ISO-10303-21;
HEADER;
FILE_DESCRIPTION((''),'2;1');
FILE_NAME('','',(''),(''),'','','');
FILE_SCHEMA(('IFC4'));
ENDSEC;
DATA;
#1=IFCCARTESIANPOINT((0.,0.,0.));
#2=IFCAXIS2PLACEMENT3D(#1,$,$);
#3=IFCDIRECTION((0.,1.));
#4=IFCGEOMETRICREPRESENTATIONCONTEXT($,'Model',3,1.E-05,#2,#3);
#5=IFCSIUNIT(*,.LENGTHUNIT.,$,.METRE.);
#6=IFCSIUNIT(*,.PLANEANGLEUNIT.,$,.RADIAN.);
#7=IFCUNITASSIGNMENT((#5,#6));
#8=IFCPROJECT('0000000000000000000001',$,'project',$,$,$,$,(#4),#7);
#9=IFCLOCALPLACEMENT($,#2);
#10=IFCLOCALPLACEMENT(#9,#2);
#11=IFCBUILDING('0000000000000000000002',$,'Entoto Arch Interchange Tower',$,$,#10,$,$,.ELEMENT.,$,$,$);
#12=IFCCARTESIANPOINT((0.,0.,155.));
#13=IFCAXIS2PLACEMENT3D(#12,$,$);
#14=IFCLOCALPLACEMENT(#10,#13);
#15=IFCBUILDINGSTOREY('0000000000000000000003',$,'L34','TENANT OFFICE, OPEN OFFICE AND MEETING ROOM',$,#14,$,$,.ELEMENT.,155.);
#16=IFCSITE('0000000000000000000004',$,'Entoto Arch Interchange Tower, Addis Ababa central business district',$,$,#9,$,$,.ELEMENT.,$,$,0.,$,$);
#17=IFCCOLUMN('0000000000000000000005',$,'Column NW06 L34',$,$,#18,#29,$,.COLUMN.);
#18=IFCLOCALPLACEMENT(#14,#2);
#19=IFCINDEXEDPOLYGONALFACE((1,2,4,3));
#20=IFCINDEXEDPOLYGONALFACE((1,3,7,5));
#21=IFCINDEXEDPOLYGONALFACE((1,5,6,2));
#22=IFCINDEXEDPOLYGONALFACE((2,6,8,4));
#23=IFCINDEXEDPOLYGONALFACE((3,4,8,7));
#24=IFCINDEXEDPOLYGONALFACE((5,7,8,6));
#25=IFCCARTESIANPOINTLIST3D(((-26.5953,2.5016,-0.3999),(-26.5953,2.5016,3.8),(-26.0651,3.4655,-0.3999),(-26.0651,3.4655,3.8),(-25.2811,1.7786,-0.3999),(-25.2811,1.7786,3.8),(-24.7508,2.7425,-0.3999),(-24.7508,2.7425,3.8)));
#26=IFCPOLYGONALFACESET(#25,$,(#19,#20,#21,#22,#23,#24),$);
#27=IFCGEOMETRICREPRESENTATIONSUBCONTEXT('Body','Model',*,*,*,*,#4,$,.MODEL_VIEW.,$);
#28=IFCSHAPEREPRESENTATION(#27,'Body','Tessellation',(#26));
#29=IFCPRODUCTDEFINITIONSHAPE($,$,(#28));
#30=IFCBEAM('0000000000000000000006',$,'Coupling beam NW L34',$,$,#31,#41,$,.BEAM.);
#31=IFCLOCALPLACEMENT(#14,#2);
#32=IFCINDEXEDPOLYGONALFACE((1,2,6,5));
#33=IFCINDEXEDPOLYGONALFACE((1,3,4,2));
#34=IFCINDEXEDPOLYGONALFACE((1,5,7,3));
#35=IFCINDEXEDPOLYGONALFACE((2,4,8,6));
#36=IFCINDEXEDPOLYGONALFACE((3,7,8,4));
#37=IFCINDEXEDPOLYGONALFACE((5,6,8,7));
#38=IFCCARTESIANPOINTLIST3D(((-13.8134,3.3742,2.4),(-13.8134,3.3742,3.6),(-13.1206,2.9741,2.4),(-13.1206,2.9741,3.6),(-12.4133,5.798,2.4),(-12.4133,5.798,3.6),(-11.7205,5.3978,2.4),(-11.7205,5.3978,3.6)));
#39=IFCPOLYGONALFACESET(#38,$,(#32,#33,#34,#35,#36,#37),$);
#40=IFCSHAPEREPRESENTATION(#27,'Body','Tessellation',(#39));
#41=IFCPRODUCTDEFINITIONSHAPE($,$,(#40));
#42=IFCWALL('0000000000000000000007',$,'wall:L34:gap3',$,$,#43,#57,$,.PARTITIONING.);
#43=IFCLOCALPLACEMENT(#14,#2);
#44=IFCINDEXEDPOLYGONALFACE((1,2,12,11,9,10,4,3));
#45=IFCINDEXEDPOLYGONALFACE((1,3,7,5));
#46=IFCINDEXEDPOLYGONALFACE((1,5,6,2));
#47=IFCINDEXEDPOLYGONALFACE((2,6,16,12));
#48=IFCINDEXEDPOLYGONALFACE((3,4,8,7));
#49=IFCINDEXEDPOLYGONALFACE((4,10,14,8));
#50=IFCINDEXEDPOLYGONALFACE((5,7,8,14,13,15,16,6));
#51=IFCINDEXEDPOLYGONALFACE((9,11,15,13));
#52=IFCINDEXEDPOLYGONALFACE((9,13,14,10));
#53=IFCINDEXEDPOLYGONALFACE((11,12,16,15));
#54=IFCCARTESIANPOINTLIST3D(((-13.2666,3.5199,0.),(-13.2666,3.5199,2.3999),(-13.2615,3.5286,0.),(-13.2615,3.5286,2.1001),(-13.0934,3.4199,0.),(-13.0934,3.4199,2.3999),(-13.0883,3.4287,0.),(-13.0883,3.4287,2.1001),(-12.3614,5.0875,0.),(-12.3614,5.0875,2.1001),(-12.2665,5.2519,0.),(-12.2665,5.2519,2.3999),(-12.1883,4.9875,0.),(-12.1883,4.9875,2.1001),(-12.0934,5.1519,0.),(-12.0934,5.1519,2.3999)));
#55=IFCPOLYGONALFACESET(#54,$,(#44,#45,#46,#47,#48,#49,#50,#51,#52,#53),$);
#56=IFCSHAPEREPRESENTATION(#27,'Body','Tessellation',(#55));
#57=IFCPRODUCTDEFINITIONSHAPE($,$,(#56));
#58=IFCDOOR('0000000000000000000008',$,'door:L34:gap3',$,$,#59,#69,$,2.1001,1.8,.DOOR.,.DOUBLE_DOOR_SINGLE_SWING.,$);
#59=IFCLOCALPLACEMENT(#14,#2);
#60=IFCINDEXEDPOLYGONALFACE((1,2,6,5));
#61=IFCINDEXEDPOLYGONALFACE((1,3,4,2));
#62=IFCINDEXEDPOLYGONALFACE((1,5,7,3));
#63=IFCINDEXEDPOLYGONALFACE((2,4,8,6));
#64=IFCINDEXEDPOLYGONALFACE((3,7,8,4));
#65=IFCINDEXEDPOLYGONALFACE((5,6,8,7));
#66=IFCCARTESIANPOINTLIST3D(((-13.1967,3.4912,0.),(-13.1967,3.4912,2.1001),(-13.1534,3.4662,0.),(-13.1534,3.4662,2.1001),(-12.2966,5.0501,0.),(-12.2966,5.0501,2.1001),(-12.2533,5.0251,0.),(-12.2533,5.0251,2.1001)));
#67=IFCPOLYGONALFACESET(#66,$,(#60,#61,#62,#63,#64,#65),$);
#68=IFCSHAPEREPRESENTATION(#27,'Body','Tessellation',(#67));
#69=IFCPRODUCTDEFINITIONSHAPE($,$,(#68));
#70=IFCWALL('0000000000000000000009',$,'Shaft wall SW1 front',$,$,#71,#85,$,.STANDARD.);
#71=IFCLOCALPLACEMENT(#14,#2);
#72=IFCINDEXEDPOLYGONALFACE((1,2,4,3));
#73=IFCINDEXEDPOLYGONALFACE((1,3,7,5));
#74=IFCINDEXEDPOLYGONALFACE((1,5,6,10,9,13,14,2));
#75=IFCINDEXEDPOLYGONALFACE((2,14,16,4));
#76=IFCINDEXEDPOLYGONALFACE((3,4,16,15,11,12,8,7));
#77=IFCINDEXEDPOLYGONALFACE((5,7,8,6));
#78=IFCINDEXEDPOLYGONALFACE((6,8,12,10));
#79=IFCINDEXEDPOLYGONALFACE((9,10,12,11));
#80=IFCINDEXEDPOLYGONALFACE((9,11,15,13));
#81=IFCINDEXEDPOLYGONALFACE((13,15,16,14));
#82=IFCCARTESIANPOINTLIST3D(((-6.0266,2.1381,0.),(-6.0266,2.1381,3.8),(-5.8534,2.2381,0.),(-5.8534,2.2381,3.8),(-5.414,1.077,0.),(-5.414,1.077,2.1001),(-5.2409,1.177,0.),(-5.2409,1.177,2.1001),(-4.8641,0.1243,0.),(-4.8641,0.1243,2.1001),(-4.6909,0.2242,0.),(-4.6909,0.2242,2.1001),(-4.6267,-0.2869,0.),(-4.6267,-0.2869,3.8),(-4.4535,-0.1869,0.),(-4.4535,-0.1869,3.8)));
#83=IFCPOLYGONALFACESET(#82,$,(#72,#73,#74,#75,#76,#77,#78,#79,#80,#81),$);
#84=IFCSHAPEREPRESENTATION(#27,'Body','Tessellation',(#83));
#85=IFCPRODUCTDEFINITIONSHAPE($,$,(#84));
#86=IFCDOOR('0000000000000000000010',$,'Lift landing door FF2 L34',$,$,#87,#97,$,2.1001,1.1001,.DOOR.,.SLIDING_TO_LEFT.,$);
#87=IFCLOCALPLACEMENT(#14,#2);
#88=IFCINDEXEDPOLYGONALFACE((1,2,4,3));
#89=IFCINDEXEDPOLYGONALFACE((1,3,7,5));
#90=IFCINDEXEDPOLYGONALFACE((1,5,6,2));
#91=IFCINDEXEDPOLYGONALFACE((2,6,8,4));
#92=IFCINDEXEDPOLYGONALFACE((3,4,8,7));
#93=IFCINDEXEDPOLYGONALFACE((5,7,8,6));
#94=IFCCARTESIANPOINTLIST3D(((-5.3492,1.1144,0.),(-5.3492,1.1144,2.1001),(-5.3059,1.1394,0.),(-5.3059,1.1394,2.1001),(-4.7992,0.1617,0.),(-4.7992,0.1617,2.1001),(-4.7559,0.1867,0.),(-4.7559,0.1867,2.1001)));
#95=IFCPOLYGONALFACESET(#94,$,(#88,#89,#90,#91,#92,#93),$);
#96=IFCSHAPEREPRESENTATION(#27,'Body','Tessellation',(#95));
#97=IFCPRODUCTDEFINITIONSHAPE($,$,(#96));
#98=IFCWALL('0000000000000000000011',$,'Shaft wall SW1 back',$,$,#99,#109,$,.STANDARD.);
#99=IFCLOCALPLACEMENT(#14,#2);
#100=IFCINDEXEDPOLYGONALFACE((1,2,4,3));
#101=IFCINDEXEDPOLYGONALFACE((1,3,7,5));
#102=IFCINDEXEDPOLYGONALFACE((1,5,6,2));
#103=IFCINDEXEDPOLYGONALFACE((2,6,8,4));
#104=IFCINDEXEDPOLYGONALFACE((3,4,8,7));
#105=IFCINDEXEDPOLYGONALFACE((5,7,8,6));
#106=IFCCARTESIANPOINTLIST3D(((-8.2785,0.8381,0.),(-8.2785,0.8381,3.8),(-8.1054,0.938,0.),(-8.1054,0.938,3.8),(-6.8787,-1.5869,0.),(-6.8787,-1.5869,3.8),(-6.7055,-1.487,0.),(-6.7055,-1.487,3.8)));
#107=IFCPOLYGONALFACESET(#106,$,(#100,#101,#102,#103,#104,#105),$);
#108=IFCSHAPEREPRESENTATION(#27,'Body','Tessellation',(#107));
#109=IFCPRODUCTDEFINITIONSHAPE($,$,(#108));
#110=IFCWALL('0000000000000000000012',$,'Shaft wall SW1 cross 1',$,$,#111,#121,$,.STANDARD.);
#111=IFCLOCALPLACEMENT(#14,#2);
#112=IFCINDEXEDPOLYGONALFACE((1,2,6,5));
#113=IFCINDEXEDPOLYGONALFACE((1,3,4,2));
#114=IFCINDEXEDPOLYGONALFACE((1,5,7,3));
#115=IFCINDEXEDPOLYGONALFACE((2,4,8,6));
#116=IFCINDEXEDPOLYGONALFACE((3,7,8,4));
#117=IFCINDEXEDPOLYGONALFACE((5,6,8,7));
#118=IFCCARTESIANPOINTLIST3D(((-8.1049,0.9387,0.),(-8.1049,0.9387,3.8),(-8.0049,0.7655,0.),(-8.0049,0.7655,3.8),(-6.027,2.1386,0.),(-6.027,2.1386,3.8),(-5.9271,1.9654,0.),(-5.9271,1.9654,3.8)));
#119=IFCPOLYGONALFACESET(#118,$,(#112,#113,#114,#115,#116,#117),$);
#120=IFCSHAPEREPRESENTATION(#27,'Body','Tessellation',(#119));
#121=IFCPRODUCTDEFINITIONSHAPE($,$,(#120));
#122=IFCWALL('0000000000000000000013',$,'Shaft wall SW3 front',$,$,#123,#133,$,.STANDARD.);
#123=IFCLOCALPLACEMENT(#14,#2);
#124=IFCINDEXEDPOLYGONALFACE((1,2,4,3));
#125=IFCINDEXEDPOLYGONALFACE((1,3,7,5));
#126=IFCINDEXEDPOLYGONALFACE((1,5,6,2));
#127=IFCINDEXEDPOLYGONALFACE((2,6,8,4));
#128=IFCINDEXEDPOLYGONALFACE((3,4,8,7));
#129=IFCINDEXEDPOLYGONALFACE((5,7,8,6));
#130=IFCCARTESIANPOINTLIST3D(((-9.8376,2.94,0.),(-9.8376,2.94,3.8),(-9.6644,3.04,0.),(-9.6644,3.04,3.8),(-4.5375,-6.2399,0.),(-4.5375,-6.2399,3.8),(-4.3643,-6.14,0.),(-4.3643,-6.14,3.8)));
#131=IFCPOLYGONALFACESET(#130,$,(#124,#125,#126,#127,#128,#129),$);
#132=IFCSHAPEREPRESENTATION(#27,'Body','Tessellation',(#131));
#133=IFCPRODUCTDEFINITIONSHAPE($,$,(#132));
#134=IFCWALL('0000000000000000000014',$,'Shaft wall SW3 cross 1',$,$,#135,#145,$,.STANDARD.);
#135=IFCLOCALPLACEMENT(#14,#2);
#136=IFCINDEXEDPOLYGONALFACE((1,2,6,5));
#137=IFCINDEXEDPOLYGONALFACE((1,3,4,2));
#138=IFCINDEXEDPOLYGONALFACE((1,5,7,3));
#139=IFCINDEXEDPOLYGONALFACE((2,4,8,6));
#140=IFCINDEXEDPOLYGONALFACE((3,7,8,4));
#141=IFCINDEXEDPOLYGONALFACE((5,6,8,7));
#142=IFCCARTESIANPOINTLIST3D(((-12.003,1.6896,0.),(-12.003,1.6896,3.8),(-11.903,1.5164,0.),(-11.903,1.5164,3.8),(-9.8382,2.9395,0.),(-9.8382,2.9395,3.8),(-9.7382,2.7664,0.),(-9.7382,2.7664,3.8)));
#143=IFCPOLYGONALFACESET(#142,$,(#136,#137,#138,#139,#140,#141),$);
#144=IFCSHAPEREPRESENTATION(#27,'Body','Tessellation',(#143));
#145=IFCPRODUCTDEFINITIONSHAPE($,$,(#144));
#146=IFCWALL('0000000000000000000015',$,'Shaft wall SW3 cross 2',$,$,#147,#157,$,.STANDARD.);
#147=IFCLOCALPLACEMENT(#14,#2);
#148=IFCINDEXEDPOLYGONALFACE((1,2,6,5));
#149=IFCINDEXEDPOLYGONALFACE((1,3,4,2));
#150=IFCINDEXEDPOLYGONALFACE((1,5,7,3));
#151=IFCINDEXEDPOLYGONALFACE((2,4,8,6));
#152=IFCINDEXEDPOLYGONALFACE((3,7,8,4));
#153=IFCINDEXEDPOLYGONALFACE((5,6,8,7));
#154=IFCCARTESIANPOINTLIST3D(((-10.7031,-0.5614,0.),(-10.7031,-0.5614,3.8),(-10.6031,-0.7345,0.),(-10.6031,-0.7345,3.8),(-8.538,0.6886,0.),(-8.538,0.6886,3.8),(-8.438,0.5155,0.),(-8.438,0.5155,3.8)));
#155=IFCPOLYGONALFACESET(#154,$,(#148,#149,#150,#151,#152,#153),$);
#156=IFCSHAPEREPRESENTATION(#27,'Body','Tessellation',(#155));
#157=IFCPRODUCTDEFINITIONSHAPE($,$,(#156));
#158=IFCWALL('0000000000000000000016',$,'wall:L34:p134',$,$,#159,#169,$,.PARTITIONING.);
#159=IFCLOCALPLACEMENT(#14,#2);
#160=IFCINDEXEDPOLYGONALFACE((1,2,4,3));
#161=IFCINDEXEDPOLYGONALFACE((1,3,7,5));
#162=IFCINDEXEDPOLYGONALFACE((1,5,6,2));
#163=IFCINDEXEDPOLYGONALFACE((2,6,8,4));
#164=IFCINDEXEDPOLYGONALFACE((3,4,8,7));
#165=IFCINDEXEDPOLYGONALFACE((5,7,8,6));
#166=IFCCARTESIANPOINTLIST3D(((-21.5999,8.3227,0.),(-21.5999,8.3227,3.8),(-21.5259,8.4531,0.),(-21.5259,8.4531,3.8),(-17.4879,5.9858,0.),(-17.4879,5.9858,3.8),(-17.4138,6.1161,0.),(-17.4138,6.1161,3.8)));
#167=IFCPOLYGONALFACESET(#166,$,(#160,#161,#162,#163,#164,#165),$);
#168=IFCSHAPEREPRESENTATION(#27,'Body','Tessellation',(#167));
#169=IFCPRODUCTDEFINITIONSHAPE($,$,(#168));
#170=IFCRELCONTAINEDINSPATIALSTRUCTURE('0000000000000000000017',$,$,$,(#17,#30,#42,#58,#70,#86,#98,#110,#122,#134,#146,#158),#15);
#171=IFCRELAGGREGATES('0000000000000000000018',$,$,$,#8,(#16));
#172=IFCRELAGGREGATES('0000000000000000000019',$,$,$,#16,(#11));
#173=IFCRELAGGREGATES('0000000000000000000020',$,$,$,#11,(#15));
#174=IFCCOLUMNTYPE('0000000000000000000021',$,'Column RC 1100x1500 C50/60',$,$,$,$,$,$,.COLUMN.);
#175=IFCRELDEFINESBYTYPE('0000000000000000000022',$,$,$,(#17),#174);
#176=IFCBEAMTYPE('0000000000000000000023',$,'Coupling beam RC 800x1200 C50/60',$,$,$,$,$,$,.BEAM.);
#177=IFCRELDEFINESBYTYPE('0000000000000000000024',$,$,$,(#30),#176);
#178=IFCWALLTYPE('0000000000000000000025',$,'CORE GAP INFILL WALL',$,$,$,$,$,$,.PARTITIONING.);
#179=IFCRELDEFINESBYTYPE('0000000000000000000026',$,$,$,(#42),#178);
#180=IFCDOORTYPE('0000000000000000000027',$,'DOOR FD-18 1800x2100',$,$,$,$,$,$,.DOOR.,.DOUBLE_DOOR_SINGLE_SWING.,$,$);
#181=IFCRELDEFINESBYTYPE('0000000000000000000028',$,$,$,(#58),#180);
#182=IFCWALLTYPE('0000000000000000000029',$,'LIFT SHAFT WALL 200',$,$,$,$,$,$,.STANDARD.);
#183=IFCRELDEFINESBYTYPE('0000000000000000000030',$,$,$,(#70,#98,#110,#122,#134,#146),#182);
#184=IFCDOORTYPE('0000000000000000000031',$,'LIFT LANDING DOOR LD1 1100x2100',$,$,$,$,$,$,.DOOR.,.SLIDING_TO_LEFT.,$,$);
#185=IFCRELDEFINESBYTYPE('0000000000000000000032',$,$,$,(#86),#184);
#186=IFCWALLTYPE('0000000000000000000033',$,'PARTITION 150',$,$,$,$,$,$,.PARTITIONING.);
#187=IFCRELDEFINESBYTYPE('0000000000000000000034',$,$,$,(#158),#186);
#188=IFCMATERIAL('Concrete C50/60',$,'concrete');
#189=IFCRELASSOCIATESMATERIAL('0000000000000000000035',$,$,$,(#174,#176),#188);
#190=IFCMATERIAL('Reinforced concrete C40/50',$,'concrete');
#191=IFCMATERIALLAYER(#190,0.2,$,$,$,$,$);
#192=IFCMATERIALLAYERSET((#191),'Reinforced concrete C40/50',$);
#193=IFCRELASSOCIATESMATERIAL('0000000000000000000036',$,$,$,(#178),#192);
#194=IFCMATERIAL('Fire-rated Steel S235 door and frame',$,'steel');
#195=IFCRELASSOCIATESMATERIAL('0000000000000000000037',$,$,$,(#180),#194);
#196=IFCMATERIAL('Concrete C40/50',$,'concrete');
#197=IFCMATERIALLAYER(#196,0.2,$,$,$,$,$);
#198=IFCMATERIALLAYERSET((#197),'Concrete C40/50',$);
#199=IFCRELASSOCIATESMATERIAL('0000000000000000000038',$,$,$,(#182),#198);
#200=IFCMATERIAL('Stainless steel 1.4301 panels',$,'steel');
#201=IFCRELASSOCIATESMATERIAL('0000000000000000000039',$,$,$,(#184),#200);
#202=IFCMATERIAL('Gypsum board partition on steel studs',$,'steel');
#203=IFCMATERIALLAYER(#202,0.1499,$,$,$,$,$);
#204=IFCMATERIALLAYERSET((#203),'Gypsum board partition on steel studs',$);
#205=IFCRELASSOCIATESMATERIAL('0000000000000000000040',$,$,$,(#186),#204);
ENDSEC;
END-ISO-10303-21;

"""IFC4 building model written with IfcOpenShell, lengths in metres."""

from ifc_helpers import new_model, si_unit, direction, frame, frame_2d, origin, origin_2d, place, context, subcontext, project, spatial, rectangle, extrude, material, layer, layer_set, material_profile, profile_set, type_object, element, fill, save


model = new_model("IFC4")

# Units and contexts
model_context = context("Model", 3, precision=1e-05, world=origin(), true_north=direction((0.0, 1.0)))
body_context = subcontext(model_context, "Body", "Model", "MODEL_VIEW")
ifc_project = project(units=[si_unit("LENGTHUNIT", "METRE"), si_unit("PLANEANGLEUNIT", "RADIAN")], contexts=[model_context])

# Site, building, storey
site_placement = place(None, origin())
site = spatial("IfcSite", under=ifc_project, at=site_placement, Name="Entoto Arch Interchange Tower, Addis Ababa central business district", CompositionType="ELEMENT", RefElevation=0.0)
building_placement = place(site_placement, origin())
building = spatial("IfcBuilding", under=site, at=building_placement, Name="Entoto Arch Interchange Tower", CompositionType="ELEMENT")
storey_placement = place(building_placement, frame((0.0, 0.0, 155.0)))
storey = spatial("IfcBuildingStorey", under=building, at=storey_placement, Name="L34", Description="TENANT OFFICE, OPEN OFFICE AND MEETING ROOM", CompositionType="ELEMENT", Elevation=155.0)

# Column
ifc_material_1 = material(Name="Concrete C50/60", Category="concrete")
ifc_material_profile_1 = material_profile(ifc_material_1, rectangle(XDim=1.1001, YDim=1.5, at=origin_2d()))
ifc_profile_set_1 = profile_set([ifc_material_profile_1], Name="Concrete C50/60")
column_type = type_object("IfcColumnType", Name="Column RC 1100x1500 C50/60", PredefinedType="COLUMN", material=ifc_profile_set_1)
column_placement = place(storey_placement, frame((-25.6731, 2.6221, -0.3999), z_axis=(0.0, 0.0, 1.0), x_axis=(0.481983, 0.876181, 0.0)))
element("IfcColumn", 1, at=column_placement, inside=storey, type_object=column_type, Name="Column NW06 L34", PredefinedType="COLUMN", context=body_context, shape_type="SweptSolid", body=[
    extrude(rectangle(XDim=1.1001, YDim=1.5, at=origin_2d()), origin(), (0.0, 0.0, 1.0), 4.2),
])

# Beam
ifc_material_profile_2 = material_profile(ifc_material_1, rectangle(XDim=0.8, YDim=1.2, at=origin_2d()))
ifc_profile_set_2 = profile_set([ifc_material_profile_2], Name="Concrete C50/60")
beam_type = type_object("IfcBeamType", Name="Coupling beam RC 800x1200 C50/60", PredefinedType="BEAM", material=ifc_profile_set_2)
beam_placement = place(storey_placement, frame((-12.0669, 5.5979, 3.0), z_axis=(-0.500201, -0.86591, 0.0), x_axis=(0.86591, -0.500201, 0.0)))
element("IfcBeam", 2, at=beam_placement, inside=storey, type_object=beam_type, Name="Coupling beam NW L34", PredefinedType="BEAM", context=body_context, shape_type="SweptSolid", body=[
    extrude(rectangle(XDim=0.8, YDim=1.2, at=origin_2d()), origin(), (0.0, 0.0, 1.0), 2.7991),
])

# Walls, openings, doors
ifc_material_2 = material(Name="Reinforced concrete C40/50", Category="concrete")
ifc_layer_1 = layer(ifc_material_2, 0.2)
ifc_layer_set_1 = layer_set([ifc_layer_1], Name="Reinforced concrete C40/50")
wall_type_1 = type_object("IfcWallType", Name="CORE GAP INFILL WALL", PredefinedType="PARTITIONING", material=ifc_layer_set_1)
wall_1_placement = place(storey_placement, frame((-12.1799, 5.2019, 0.0), z_axis=(0.0, 0.0, 1.0), x_axis=(-0.500025, -0.866011, 0.0)))
wall_1 = element("IfcWall", 3, at=wall_1_placement, inside=storey, type_object=wall_type_1, Name="wall:L34:gap3", PredefinedType="PARTITIONING", context=body_context, shape_type="SweptSolid", body=[
    extrude(rectangle(XDim=2.0, YDim=0.2, at=frame_2d((1.0, 0.0))), origin(), (0.0, 0.0, 1.0), 2.3999),
])
opening_1_placement = place(wall_1_placement, frame((0.1899, 0.0, 0.0)))
opening_1 = element("IfcOpeningElement", 4, at=opening_1_placement, cuts=wall_1, PredefinedType="OPENING", context=body_context, shape_type="SweptSolid", body=[
    extrude(rectangle(XDim=1.8, YDim=2.1001, at=frame_2d((0.8999, 1.05))), frame((0.0, 0.1099, 0.0), z_axis=(0.0, -1.0, 0.0), x_axis=(1.0, 0.0, 0.0)), (0.0, 0.0, 1.0), 0.22),
])
ifc_material_3 = material(Name="Fire-rated Steel S235 door and frame", Category="steel")
door_type_1 = type_object("IfcDoorType", Name="DOOR FD-18 1800x2100", OperationType="DOUBLE_DOOR_SINGLE_SWING", PredefinedType="DOOR", material=ifc_material_3)
door_1_placement = place(opening_1_placement, origin())
door_1 = element("IfcDoor", 5, at=door_1_placement, inside=storey, type_object=door_type_1, Name="door:L34:gap3", OperationType="DOUBLE_DOOR_SINGLE_SWING", OverallHeight=2.1001, OverallWidth=1.8, PredefinedType="DOOR", context=body_context, shape_type="SweptSolid", body=[
    extrude(rectangle(XDim=1.8, YDim=2.1001, at=frame_2d((0.8999, 1.05))), frame((0.0, 0.0249, 0.0), z_axis=(0.0, -1.0, 0.0), x_axis=(1.0, 0.0, 0.0)), (0.0, 0.0, 1.0), 0.05),
])
fill(opening_1, door_1)
ifc_material_4 = material(Name="Concrete C40/50", Category="concrete")
ifc_layer_2 = layer(ifc_material_4, 0.2)
ifc_layer_set_2 = layer_set([ifc_layer_2], Name="Concrete C40/50")
wall_type_2 = type_object("IfcWallType", Name="LIFT SHAFT WALL 200", PredefinedType="STANDARD", material=ifc_layer_set_2)
wall_2_placement = place(storey_placement, frame((-5.9399, 2.188, 0.0), z_axis=(0.0, 0.0, 1.0), x_axis=(0.499946, -0.866056, 0.0)))
wall_2 = element("IfcWall", 6, at=wall_2_placement, inside=storey, type_object=wall_type_2, Name="Shaft wall SW1 front", PredefinedType="STANDARD", context=body_context, shape_type="SweptSolid", body=[
    extrude(rectangle(XDim=2.8, YDim=0.2, at=frame_2d((1.3999, 0.0))), origin(), (0.0, 0.0, 1.0), 3.8),
])
opening_2_placement = place(wall_2_placement, frame((1.2251, 0.0, 0.0)))
opening_2 = element("IfcOpeningElement", 7, at=opening_2_placement, cuts=wall_2, PredefinedType="OPENING", context=body_context, shape_type="SweptSolid", body=[
    extrude(rectangle(XDim=1.1001, YDim=2.1001, at=frame_2d((0.55, 1.05))), frame((0.0, 0.1099, 0.0), z_axis=(0.0, -1.0, 0.0), x_axis=(1.0, 0.0, 0.0)), (0.0, 0.0, 1.0), 0.22),
])
ifc_material_5 = material(Name="Stainless steel 1.4301 panels", Category="steel")
door_type_2 = type_object("IfcDoorType", Name="LIFT LANDING DOOR LD1 1100x2100", OperationType="SLIDING_TO_LEFT", PredefinedType="DOOR", material=ifc_material_5)
door_2_placement = place(opening_2_placement, origin())
door_2 = element("IfcDoor", 8, at=door_2_placement, inside=storey, type_object=door_type_2, Name="Lift landing door FF2 L34", OperationType="SLIDING_TO_LEFT", OverallHeight=2.1001, OverallWidth=1.1001, PredefinedType="DOOR", context=body_context, shape_type="SweptSolid", body=[
    extrude(rectangle(XDim=1.1001, YDim=2.1001, at=frame_2d((0.55, 1.05))), frame((0.0, 0.0249, 0.0), z_axis=(0.0, -1.0, 0.0), x_axis=(1.0, 0.0, 0.0)), (0.0, 0.0, 1.0), 0.05),
])
fill(opening_2, door_2)

# Walls
wall_3_placement = place(storey_placement, frame((-8.1919, 0.8879, 0.0), z_axis=(0.0, 0.0, 1.0), x_axis=(0.499946, -0.866056, 0.0)))
element("IfcWall", 9, at=wall_3_placement, inside=storey, type_object=wall_type_2, Name="Shaft wall SW1 back", PredefinedType="STANDARD", context=body_context, shape_type="SweptSolid", body=[
    extrude(rectangle(XDim=2.8, YDim=0.2, at=frame_2d((1.3999, 0.0))), origin(), (0.0, 0.0, 1.0), 3.8),
])
wall_4_placement = place(storey_placement, frame((-5.9771, 2.052, 0.0), z_axis=(0.0, 0.0, 1.0), x_axis=(-0.865974, -0.500089, 0.0)))
element("IfcWall", 10, at=wall_4_placement, inside=storey, type_object=wall_type_2, Name="Shaft wall SW1 cross 1", PredefinedType="STANDARD", context=body_context, shape_type="SweptSolid", body=[
    extrude(rectangle(XDim=2.3994, YDim=0.2, at=frame_2d((1.1997, 0.0))), origin(), (0.0, 0.0, 1.0), 3.8),
])
wall_5_placement = place(storey_placement, frame((-9.751, 2.99, 0.0), z_axis=(0.0, 0.0, 1.0), x_axis=(0.500001, -0.866025, 0.0)))
element("IfcWall", 11, at=wall_5_placement, inside=storey, type_object=wall_type_2, Name="Shaft wall SW3 front", PredefinedType="STANDARD", context=body_context, shape_type="SweptSolid", body=[
    extrude(rectangle(XDim=10.6001, YDim=0.2, at=frame_2d((5.3, 0.0))), origin(), (0.0, 0.0, 1.0), 3.8),
])
wall_6_placement = place(storey_placement, frame((-9.7881, 2.853, 0.0), z_axis=(0.0, 0.0, 1.0), x_axis=(-0.865999, -0.500047, 0.0)))
element("IfcWall", 12, at=wall_6_placement, inside=storey, type_object=wall_type_2, Name="Shaft wall SW3 cross 1", PredefinedType="STANDARD", context=body_context, shape_type="SweptSolid", body=[
    extrude(rectangle(XDim=2.4998, YDim=0.2, at=frame_2d((1.25, 0.0))), origin(), (0.0, 0.0, 1.0), 3.8),
])
wall_7_placement = place(storey_placement, frame((-8.488, 0.6021, 0.0), z_axis=(0.0, 0.0, 1.0), x_axis=(-0.866023, -0.500004, 0.0)))
element("IfcWall", 13, at=wall_7_placement, inside=storey, type_object=wall_type_2, Name="Shaft wall SW3 cross 2", PredefinedType="STANDARD", context=body_context, shape_type="SweptSolid", body=[
    extrude(rectangle(XDim=2.5, YDim=0.2, at=frame_2d((1.25, 0.0))), origin(), (0.0, 0.0, 1.0), 3.8),
])
ifc_material_6 = material(Name="Gypsum board partition on steel studs", Category="steel")
ifc_layer_3 = layer(ifc_material_6, 0.1499)
ifc_layer_set_3 = layer_set([ifc_layer_3], Name="Gypsum board partition on steel studs")
wall_type_3 = type_object("IfcWallType", Name="PARTITION 150", PredefinedType="PARTITIONING", material=ifc_layer_set_3)
wall_8_placement = place(storey_placement, frame((-17.4509, 6.051, 0.0), z_axis=(0.0, 0.0, 1.0), x_axis=(-0.86941, 0.494092, 0.0)))
element("IfcWall", 14, at=wall_8_placement, inside=storey, type_object=wall_type_3, Name="wall:L34:p134", PredefinedType="PARTITIONING", context=body_context, shape_type="SweptSolid", body=[
    extrude(rectangle(XDim=4.7297, YDim=0.1499, at=frame_2d((2.3647, 0.0))), origin(), (0.0, 0.0, 1.0), 3.8),
])

save(model, "model.ifc")
